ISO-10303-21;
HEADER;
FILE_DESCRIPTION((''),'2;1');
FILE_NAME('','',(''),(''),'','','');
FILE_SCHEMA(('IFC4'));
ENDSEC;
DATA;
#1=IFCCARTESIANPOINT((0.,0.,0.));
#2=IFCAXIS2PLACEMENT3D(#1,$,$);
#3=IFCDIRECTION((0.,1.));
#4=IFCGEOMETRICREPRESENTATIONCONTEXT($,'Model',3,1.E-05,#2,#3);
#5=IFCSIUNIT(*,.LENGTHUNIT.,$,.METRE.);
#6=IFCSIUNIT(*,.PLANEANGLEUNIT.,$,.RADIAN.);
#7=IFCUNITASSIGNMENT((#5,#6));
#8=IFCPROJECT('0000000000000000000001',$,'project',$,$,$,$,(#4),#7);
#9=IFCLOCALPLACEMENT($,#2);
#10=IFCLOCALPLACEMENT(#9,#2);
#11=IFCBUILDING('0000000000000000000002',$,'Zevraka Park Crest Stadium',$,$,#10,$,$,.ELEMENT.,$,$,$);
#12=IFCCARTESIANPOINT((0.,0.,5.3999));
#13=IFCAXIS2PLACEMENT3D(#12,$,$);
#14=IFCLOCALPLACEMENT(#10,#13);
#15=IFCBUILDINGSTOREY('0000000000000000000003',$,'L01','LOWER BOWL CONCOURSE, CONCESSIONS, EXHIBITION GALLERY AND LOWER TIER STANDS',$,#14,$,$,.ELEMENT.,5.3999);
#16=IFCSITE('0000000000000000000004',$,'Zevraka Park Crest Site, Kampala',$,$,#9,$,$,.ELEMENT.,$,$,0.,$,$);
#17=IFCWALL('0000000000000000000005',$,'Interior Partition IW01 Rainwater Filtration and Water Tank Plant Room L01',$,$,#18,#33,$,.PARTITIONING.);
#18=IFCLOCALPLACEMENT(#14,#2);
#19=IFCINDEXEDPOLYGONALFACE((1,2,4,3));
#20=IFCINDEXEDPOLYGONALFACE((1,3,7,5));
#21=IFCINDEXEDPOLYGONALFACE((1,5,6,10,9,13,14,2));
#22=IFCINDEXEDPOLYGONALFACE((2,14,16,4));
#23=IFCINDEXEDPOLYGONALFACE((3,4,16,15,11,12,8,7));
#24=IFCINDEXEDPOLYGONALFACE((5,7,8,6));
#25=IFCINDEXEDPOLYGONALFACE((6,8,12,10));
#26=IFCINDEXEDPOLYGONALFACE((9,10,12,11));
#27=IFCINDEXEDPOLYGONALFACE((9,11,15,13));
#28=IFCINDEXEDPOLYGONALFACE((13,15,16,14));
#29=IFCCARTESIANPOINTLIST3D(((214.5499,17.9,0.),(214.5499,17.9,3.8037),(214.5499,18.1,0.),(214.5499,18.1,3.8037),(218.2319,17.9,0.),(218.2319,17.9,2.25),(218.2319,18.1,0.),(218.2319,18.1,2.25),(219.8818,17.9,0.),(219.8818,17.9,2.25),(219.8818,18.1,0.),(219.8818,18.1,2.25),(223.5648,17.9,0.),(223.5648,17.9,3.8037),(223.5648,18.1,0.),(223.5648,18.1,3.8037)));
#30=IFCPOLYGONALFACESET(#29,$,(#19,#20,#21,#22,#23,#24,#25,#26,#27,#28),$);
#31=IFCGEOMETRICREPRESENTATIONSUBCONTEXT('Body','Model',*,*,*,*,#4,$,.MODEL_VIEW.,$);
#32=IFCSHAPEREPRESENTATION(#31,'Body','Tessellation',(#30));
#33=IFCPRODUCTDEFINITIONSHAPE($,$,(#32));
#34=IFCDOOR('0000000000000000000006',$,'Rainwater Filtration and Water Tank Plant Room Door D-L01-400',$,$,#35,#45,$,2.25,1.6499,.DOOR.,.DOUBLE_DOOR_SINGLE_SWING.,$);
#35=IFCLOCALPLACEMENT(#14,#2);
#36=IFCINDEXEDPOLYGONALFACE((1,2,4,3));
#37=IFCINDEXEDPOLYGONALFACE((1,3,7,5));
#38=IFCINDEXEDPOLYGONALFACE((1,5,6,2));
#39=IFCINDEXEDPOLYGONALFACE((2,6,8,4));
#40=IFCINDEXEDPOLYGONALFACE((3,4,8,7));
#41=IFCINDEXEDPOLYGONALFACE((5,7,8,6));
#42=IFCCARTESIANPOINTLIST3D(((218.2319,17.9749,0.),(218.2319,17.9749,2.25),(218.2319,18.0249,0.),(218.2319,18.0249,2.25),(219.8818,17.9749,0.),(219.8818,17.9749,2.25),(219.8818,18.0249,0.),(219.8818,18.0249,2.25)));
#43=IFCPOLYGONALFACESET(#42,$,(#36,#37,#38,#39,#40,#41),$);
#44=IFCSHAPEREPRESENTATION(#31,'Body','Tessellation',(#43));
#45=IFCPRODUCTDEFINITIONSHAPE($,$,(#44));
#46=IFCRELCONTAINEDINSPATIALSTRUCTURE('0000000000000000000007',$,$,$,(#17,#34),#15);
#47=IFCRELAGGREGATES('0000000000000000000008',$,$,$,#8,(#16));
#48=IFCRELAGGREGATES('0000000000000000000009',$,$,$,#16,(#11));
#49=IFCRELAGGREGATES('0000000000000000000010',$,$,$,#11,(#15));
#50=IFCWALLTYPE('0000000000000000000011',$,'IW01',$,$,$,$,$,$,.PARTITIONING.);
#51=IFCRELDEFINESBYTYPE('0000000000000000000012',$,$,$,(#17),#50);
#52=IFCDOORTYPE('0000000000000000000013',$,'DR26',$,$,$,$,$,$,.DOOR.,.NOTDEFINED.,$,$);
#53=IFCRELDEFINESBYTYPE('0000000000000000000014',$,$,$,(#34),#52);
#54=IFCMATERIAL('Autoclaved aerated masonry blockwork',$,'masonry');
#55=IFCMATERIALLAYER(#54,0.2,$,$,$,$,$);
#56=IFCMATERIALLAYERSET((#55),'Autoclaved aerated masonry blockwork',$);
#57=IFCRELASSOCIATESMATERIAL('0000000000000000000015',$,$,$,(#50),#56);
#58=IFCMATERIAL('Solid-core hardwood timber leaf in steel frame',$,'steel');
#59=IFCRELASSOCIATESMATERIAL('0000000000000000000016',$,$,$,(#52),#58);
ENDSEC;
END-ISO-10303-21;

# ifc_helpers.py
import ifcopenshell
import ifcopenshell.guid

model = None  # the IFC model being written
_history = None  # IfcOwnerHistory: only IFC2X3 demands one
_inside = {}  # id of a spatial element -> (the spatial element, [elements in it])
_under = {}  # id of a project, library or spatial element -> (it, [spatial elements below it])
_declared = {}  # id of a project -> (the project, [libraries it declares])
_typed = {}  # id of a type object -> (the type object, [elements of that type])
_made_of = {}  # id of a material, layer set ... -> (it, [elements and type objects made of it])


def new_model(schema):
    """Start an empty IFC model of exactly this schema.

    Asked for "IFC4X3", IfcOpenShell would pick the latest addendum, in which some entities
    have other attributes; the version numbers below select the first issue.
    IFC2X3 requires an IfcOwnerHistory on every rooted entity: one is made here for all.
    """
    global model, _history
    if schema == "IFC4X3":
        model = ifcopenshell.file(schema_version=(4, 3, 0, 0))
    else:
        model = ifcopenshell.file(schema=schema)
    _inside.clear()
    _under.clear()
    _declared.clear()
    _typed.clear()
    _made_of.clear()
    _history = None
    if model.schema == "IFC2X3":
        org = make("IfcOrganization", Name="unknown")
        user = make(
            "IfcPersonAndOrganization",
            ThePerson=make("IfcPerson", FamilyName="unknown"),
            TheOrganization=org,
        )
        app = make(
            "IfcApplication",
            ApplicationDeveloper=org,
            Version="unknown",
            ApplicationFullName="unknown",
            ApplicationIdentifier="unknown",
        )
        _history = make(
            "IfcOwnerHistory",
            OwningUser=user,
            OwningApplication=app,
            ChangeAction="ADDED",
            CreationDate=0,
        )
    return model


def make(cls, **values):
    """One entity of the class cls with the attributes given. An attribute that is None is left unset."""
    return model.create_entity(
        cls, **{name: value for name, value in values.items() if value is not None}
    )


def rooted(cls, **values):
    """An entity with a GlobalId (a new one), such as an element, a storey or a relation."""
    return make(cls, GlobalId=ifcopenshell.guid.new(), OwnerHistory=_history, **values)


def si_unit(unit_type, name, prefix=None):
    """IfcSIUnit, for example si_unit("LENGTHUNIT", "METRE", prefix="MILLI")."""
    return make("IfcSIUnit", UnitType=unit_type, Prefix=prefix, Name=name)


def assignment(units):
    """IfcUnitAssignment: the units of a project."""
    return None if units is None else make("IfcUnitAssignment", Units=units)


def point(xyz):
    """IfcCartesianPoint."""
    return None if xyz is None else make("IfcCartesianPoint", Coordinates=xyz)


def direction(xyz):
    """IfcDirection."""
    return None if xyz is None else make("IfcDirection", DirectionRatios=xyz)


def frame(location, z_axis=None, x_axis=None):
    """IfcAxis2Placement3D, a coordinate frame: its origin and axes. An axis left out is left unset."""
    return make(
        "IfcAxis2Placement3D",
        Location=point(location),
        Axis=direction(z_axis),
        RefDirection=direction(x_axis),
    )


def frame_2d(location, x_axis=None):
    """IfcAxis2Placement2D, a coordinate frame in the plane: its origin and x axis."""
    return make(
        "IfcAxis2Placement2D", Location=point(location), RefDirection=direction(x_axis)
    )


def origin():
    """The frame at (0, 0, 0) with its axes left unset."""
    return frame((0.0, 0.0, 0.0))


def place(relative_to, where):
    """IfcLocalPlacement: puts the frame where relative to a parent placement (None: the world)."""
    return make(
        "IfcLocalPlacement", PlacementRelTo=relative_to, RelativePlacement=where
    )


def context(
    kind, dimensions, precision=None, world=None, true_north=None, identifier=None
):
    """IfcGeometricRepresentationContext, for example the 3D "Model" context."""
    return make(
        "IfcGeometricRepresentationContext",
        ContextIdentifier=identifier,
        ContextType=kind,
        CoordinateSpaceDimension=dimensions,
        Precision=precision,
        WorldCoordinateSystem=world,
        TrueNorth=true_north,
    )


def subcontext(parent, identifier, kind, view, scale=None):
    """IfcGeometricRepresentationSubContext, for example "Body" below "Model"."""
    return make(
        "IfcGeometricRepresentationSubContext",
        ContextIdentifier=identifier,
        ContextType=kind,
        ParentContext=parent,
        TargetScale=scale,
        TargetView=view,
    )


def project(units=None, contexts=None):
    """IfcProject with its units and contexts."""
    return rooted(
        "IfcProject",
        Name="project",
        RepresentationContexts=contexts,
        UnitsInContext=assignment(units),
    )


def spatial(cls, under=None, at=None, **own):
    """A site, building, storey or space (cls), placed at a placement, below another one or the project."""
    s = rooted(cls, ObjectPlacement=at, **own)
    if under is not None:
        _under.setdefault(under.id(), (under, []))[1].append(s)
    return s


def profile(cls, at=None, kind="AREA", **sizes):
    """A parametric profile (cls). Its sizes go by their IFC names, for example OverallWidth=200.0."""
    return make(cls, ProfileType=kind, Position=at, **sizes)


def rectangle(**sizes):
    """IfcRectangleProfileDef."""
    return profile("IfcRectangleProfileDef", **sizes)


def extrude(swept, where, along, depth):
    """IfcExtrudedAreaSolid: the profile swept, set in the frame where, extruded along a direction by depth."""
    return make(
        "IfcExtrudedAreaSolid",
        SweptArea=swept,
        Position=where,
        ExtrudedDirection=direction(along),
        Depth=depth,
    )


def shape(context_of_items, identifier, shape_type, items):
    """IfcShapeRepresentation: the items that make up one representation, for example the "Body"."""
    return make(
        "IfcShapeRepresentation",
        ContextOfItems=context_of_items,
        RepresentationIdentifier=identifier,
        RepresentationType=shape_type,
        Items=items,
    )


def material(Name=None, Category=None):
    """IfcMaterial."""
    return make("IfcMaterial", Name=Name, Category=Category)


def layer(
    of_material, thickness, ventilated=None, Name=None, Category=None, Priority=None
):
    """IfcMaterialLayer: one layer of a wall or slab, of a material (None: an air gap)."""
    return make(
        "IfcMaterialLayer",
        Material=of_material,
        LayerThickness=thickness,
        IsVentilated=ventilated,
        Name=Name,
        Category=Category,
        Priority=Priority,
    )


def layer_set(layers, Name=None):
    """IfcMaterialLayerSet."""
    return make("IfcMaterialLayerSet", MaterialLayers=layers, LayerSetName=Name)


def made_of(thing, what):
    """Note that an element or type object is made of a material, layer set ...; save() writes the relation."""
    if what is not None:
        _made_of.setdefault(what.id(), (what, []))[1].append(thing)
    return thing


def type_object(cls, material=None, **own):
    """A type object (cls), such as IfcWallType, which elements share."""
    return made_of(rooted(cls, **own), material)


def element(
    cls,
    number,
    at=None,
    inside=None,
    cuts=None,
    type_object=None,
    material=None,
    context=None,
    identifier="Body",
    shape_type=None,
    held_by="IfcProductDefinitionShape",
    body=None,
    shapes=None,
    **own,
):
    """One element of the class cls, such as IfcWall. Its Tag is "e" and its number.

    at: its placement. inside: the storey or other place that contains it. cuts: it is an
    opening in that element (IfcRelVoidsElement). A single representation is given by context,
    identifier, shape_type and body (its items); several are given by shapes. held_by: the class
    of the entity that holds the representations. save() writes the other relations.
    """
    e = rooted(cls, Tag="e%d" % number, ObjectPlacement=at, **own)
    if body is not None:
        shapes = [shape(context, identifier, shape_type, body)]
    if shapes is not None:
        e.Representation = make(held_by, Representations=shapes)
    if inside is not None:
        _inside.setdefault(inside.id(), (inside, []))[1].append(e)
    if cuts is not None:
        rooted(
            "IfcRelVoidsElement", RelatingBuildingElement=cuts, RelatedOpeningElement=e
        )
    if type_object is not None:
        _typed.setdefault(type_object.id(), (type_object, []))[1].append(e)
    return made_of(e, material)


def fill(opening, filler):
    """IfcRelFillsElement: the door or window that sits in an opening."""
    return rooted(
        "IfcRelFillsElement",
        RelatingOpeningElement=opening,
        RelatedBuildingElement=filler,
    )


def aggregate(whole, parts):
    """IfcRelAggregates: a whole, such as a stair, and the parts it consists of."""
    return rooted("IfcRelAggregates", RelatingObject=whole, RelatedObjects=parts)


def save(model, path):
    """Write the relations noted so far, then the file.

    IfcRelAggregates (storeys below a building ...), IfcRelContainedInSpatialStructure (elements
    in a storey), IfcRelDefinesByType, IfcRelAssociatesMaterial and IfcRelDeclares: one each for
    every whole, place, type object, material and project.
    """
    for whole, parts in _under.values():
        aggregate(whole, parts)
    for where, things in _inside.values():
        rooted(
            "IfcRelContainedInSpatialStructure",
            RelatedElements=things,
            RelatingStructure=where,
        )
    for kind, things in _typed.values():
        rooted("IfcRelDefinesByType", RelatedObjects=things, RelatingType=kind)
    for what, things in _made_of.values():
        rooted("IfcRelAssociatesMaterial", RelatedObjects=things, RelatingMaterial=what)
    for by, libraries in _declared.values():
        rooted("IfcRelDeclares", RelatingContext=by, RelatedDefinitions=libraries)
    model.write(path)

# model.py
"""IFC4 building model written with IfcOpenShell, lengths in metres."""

from ifc_helpers import new_model, si_unit, direction, frame, frame_2d, origin, place, context, subcontext, project, spatial, rectangle, extrude, material, layer, layer_set, type_object, element, fill, save


model = new_model("IFC4")

# Units and contexts
model_context = context("Model", 3, precision=1e-05, world=origin(), true_north=direction((0.0, 1.0)))
body_context = subcontext(model_context, "Body", "Model", "MODEL_VIEW")
ifc_project = project(units=[si_unit("LENGTHUNIT", "METRE"), si_unit("PLANEANGLEUNIT", "RADIAN")], contexts=[model_context])

# Site, building, storey
site_placement = place(None, origin())
site = spatial("IfcSite", under=ifc_project, at=site_placement, Name="Zevraka Park Crest Site, Kampala", CompositionType="ELEMENT", RefElevation=0.0)
building_placement = place(site_placement, origin())
building = spatial("IfcBuilding", under=site, at=building_placement, Name="Zevraka Park Crest Stadium", CompositionType="ELEMENT")
storey_placement = place(building_placement, frame((0.0, 0.0, 5.3999)))
storey = spatial("IfcBuildingStorey", under=building, at=storey_placement, Name="L01", Description="LOWER BOWL CONCOURSE, CONCESSIONS, EXHIBITION GALLERY AND LOWER TIER STANDS", CompositionType="ELEMENT", Elevation=5.3999)

# Wall, opening, door
ifc_material_1 = material(Name="Autoclaved aerated masonry blockwork", Category="masonry")
ifc_layer_1 = layer(ifc_material_1, 0.2)
ifc_layer_set_1 = layer_set([ifc_layer_1], Name="Autoclaved aerated masonry blockwork")
wall_type = type_object("IfcWallType", Name="IW01", PredefinedType="PARTITIONING", material=ifc_layer_set_1)
wall_1_placement = place(storey_placement, frame((214.55, 18.0, 0.0), z_axis=(0.0, 0.0, 1.0), x_axis=(1.0, 0.0, 0.0)))
wall_1 = element("IfcWall", 1, at=wall_1_placement, inside=storey, type_object=wall_type, Name="Interior Partition IW01 Rainwater Filtration and Water Tank Plant Room L01", PredefinedType="PARTITIONING", context=body_context, shape_type="SweptSolid", body=[
    extrude(rectangle(XDim=9.0149, YDim=0.2, at=frame_2d((4.5073, 0.0))), origin(), (0.0, 0.0, 1.0), 3.8037),
])
opening_1_placement = place(wall_1_placement, frame((3.6819, 0.0, 0.0)))
opening_1 = element("IfcOpeningElement", 2, at=opening_1_placement, cuts=wall_1, PredefinedType="OPENING", context=body_context, shape_type="SweptSolid", body=[
    extrude(rectangle(XDim=1.6499, YDim=2.25, at=frame_2d((0.825, 1.125))), frame((0.0, 0.1099, 0.0), z_axis=(0.0, -1.0, 0.0), x_axis=(1.0, 0.0, 0.0)), (0.0, 0.0, 1.0), 0.22),
])
ifc_material_2 = material(Name="Solid-core hardwood timber leaf in steel frame", Category="steel")
door_type_1 = type_object("IfcDoorType", Name="DR26", OperationType="NOTDEFINED", PredefinedType="DOOR", material=ifc_material_2)
door_1_placement = place(opening_1_placement, origin())
door_1 = element("IfcDoor", 3, at=door_1_placement, inside=storey, type_object=door_type_1, Name="Rainwater Filtration and Water Tank Plant Room Door D-L01-400", OperationType="DOUBLE_DOOR_SINGLE_SWING", OverallHeight=2.25, OverallWidth=1.6499, PredefinedType="DOOR", context=body_context, shape_type="SweptSolid", body=[
    extrude(rectangle(XDim=1.6499, YDim=2.25, at=frame_2d((0.825, 1.125))), frame((0.0, 0.0249, 0.0), z_axis=(0.0, -1.0, 0.0), x_axis=(1.0, 0.0, 0.0)), (0.0, 0.0, 1.0), 0.05),
])
fill(opening_1, door_1)

save(model, "model.ifc")
